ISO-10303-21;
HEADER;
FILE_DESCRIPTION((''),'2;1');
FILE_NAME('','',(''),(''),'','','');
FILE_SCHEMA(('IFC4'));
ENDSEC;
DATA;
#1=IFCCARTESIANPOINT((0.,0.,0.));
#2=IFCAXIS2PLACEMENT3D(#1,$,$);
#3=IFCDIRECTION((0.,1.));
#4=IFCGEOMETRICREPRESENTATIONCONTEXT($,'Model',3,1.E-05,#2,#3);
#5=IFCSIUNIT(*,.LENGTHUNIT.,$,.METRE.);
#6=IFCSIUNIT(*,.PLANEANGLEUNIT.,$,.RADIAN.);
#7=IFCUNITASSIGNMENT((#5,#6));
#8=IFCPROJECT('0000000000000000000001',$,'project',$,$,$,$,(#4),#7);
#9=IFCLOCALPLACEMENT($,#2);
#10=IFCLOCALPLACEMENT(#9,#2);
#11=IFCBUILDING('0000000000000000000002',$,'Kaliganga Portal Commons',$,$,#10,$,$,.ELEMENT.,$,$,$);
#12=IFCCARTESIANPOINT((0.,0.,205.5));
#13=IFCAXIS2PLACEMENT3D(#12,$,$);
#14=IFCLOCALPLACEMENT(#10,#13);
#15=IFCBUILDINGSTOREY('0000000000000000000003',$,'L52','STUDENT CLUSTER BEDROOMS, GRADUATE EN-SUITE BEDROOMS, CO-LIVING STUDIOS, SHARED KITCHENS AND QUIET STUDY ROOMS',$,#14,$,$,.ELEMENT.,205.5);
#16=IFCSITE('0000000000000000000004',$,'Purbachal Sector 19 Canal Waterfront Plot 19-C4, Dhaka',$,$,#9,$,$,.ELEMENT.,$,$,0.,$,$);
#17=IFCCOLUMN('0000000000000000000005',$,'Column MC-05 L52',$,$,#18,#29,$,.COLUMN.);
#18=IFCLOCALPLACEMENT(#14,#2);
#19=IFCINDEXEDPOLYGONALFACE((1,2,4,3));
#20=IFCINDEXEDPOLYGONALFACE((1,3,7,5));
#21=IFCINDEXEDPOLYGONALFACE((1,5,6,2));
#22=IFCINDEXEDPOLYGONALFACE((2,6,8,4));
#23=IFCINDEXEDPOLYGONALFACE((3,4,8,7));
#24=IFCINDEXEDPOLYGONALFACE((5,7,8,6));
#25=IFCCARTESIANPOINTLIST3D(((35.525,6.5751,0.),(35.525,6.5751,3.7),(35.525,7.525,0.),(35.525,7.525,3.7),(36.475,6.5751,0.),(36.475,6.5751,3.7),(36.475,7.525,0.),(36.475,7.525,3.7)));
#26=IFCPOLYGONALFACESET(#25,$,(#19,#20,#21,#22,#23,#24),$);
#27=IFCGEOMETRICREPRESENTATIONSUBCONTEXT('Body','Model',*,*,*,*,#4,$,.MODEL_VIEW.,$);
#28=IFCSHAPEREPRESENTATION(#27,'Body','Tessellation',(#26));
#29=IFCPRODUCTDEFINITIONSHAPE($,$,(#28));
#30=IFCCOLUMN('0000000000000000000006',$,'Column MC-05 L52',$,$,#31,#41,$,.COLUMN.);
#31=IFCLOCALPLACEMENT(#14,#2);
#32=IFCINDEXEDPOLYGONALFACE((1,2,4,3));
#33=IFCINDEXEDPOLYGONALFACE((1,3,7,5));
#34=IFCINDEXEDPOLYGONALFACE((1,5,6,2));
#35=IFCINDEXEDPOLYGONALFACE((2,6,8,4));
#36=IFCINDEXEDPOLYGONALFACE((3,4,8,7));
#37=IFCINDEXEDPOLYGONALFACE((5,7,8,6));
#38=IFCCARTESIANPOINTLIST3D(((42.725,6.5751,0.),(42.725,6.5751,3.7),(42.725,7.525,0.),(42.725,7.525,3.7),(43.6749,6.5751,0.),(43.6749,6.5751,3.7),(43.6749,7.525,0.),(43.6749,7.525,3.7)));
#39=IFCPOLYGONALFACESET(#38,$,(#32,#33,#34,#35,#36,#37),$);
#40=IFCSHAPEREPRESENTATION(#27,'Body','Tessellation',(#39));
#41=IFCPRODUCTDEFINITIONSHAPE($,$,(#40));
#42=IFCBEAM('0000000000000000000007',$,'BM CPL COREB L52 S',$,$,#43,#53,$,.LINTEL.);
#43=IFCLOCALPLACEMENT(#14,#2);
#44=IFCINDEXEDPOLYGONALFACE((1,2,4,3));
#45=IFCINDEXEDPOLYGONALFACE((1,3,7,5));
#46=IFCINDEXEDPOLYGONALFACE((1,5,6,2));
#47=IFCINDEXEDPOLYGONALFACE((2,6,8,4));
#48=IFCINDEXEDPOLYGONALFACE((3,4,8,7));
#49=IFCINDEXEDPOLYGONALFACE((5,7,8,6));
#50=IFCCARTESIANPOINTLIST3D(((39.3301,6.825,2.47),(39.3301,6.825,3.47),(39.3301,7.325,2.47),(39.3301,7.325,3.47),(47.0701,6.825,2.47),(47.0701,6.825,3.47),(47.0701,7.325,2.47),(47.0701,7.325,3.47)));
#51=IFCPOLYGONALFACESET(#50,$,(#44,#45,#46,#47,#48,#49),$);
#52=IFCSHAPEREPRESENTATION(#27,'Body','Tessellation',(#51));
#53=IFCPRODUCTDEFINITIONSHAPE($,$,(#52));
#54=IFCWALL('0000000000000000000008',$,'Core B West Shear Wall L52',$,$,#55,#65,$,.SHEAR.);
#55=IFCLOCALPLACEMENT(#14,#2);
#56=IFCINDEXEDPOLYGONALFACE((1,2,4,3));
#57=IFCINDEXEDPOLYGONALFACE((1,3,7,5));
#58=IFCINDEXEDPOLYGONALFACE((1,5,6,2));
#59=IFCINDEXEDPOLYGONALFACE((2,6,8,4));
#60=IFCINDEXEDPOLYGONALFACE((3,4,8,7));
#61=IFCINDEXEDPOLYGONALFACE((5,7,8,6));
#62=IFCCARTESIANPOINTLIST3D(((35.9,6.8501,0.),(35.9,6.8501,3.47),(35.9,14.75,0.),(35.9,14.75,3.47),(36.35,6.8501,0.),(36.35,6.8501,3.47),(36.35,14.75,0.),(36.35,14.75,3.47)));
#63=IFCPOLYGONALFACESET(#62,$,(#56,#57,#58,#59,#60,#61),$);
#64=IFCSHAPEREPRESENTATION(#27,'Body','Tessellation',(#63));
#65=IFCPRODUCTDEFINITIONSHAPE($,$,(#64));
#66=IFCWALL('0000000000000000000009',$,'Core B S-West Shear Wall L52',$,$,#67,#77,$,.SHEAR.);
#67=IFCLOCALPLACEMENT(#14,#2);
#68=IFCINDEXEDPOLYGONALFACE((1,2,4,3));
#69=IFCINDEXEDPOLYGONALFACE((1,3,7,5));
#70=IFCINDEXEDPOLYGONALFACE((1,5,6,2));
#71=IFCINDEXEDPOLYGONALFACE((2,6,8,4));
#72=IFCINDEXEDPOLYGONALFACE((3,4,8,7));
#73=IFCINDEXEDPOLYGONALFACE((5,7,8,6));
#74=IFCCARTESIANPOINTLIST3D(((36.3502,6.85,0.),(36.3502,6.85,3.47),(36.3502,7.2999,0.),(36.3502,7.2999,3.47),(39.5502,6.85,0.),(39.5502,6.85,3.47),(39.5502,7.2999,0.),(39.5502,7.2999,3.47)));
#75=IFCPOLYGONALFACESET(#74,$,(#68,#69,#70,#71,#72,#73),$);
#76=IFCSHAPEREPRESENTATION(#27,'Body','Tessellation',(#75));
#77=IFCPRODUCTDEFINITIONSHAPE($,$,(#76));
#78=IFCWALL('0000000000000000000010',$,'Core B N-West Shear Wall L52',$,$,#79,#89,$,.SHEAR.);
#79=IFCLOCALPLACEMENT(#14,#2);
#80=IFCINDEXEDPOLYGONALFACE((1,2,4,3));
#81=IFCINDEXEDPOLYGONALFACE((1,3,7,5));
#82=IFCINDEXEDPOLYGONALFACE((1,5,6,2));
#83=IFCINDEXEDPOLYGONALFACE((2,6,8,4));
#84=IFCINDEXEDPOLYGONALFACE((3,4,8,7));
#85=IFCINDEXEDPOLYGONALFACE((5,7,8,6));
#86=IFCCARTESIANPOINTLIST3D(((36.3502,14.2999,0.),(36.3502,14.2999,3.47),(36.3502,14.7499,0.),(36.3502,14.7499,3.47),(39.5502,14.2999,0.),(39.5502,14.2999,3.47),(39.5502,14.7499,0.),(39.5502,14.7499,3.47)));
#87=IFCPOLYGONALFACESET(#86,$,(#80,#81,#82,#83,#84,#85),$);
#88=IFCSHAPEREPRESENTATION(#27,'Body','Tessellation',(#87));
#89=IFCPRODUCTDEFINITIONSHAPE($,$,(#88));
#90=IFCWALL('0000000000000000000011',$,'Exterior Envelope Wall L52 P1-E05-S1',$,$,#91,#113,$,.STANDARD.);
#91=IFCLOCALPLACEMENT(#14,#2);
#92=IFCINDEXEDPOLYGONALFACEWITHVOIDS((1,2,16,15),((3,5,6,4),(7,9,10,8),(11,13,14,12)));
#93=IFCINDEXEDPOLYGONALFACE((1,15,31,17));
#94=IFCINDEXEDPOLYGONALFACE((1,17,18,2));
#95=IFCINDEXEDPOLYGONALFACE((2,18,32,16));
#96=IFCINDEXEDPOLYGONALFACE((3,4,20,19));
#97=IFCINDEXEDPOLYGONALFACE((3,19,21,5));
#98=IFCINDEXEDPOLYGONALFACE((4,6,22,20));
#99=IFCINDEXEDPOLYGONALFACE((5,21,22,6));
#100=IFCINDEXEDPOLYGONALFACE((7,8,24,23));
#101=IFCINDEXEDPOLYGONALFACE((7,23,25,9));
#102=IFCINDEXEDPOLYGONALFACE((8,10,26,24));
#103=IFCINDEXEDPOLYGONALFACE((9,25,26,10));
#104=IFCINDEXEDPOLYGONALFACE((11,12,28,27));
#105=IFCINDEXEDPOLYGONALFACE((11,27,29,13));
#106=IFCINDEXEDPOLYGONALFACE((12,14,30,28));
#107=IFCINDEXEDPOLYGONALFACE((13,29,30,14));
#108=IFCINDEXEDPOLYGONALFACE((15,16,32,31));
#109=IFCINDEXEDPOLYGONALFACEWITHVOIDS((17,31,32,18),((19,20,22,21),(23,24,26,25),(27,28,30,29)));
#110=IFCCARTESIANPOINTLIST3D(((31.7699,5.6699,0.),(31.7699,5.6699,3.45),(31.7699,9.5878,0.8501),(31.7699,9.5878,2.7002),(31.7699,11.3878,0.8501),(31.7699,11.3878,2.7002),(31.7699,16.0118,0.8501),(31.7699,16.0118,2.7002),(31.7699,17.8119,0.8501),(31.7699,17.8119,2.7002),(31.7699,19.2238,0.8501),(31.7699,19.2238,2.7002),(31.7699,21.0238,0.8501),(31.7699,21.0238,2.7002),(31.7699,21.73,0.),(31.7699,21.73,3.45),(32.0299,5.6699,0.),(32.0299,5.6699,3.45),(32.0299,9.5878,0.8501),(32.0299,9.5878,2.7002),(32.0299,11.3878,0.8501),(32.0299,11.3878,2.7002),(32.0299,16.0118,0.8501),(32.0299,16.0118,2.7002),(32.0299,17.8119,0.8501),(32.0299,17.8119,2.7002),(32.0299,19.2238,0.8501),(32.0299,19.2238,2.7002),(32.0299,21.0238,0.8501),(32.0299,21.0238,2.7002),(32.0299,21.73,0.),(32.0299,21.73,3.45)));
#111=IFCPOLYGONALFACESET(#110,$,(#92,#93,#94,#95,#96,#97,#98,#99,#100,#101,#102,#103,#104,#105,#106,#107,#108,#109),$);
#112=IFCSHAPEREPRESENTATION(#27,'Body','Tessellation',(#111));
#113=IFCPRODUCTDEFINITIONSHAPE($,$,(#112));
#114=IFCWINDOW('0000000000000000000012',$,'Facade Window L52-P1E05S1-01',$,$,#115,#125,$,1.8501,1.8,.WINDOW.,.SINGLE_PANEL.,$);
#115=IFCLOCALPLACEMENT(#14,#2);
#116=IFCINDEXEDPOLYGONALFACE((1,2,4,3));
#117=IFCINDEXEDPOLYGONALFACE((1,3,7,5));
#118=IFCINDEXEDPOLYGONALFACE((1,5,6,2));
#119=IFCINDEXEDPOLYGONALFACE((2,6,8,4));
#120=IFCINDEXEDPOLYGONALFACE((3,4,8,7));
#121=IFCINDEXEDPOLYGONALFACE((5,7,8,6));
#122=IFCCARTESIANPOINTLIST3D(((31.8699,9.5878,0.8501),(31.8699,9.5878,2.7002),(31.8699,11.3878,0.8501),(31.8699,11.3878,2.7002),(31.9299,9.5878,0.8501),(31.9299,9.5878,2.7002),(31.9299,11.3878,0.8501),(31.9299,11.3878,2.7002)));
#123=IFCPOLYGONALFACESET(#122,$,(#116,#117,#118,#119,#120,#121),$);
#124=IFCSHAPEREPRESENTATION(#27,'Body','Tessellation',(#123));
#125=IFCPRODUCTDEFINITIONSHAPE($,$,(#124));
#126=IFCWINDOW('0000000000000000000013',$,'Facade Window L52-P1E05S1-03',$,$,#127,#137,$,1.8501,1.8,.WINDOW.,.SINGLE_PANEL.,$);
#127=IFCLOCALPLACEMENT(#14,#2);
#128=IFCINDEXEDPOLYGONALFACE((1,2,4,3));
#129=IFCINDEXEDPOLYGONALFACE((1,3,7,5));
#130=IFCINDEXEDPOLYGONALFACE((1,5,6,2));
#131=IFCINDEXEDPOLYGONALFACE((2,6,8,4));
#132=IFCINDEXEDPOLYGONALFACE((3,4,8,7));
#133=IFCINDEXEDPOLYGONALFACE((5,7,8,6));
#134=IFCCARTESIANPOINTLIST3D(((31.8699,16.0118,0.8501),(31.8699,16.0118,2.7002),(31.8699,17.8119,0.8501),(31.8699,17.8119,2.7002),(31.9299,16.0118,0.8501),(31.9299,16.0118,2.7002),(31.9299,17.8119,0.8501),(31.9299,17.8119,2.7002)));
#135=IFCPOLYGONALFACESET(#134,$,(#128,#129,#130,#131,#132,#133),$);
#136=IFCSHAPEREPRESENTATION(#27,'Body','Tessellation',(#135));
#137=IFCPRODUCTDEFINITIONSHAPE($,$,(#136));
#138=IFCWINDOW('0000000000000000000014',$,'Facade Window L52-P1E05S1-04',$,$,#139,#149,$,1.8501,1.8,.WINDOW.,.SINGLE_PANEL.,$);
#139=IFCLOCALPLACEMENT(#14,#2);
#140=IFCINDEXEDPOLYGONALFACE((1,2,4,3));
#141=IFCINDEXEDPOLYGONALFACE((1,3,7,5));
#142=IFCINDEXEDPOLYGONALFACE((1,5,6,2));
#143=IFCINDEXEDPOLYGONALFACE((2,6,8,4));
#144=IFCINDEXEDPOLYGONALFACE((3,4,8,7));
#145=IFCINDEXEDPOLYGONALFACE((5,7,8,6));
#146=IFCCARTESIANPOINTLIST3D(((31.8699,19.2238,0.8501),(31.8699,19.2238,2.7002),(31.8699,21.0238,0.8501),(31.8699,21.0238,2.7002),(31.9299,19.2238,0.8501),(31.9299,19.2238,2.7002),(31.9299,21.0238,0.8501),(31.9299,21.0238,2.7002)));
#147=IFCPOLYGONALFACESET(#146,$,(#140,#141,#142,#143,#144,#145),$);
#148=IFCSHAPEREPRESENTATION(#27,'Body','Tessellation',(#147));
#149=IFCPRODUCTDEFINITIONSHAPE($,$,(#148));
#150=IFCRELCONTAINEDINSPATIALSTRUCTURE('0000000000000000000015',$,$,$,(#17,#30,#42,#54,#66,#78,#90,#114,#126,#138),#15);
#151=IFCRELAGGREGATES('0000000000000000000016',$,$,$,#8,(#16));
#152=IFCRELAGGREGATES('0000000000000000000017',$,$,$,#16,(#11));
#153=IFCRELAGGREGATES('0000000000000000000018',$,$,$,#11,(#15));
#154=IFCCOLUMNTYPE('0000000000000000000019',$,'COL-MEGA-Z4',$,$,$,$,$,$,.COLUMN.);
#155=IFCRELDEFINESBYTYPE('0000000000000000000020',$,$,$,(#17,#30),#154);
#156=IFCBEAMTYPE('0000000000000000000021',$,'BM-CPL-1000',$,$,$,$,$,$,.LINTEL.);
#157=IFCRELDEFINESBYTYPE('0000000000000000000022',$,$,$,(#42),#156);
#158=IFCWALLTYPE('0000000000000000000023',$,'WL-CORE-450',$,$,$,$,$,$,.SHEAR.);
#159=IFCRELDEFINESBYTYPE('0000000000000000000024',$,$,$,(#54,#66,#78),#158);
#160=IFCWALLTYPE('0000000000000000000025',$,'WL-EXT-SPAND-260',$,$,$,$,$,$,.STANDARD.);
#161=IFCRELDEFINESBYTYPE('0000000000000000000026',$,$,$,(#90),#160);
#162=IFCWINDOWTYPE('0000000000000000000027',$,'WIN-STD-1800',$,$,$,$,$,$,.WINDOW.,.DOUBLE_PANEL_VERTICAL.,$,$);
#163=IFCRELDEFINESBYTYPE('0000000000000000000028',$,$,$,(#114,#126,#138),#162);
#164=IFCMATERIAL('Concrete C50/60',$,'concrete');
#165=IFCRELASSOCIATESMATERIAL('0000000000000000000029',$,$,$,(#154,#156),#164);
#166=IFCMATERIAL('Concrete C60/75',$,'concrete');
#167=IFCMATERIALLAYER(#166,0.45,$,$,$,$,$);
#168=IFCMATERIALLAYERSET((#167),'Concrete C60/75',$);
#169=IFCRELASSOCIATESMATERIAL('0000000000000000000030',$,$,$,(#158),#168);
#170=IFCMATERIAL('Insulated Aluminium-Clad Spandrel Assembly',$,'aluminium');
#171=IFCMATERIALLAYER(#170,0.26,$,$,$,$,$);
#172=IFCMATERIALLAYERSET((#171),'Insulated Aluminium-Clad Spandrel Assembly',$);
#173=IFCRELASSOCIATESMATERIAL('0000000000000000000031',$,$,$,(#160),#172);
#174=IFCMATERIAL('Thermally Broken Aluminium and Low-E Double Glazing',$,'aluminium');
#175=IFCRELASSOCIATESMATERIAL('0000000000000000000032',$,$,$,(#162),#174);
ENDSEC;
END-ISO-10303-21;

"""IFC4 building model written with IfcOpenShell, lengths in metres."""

from ifc_helpers import new_model, si_unit, direction, frame, frame_2d, origin, origin_2d, place, context, subcontext, project, spatial, rectangle, extrude, source, transform, mapped, material, layer, layer_set, material_profile, profile_set, type_object, element, fill, save


model = new_model("IFC4")

# Units and contexts
model_context = context("Model", 3, precision=1e-05, world=origin(), true_north=direction((0.0, 1.0)))
body_context = subcontext(model_context, "Body", "Model", "MODEL_VIEW")
ifc_project = project(units=[si_unit("LENGTHUNIT", "METRE"), si_unit("PLANEANGLEUNIT", "RADIAN")], contexts=[model_context])

# Site, building, storey
site_placement = place(None, origin())
site = spatial("IfcSite", under=ifc_project, at=site_placement, Name="Purbachal Sector 19 Canal Waterfront Plot 19-C4, Dhaka", CompositionType="ELEMENT", RefElevation=0.0)
building_placement = place(site_placement, origin())
building = spatial("IfcBuilding", under=site, at=building_placement, Name="Kaliganga Portal Commons", CompositionType="ELEMENT")
storey_placement = place(building_placement, frame((0.0, 0.0, 205.5)))
storey = spatial("IfcBuildingStorey", under=building, at=storey_placement, Name="L52", Description="STUDENT CLUSTER BEDROOMS, GRADUATE EN-SUITE BEDROOMS, CO-LIVING STUDIOS, SHARED KITCHENS AND QUIET STUDY ROOMS", CompositionType="ELEMENT", Elevation=205.5)

# Columns
ifc_material_1 = material(Name="Concrete C50/60", Category="concrete")
ifc_material_profile_1 = material_profile(ifc_material_1, rectangle(XDim=0.95, YDim=0.95, at=origin_2d()), Name="RC 950x950")
ifc_profile_set_1 = profile_set([ifc_material_profile_1], Name="Concrete C50/60")
column_type = type_object("IfcColumnType", Name="COL-MEGA-Z4", PredefinedType="COLUMN", material=ifc_profile_set_1)
shared_shape_1 = source(origin(), body_context, "Body", "SweptSolid", [
    extrude(rectangle(XDim=0.95, YDim=0.95, at=origin_2d()), origin(), (0.0, 0.0, 1.0), 3.7),
])
for number, where, z_axis, x_axis, name in (
    (1, (36.0, 7.05, 0.0), (0.0, 0.0, 1.0), (1.0, 0.0, 0.0), "Column MC-05 L52"),
    (2, (43.2, 7.05, 0.0), (0.0, 0.0, 1.0), (1.0, 0.0, 0.0), "Column MC-05 L52"),
):
    element("IfcColumn", number, at=place(storey_placement, frame(where, z_axis=z_axis, x_axis=x_axis)), inside=storey, type_object=column_type, Name=name, PredefinedType="COLUMN", context=body_context, shape_type="MappedRepresentation", body=[
        mapped(shared_shape_1, transform((0.0, 0.0, 0.0), x_axis=(1.0, 0.0, 0.0), y_axis=(0.0, 1.0, 0.0), z_axis=(0.0, 0.0, 1.0), scale=1.0)),
    ])

# Beam
ifc_material_profile_2 = material_profile(ifc_material_1, rectangle(XDim=0.5, YDim=1.0, at=origin_2d()), Name="RC 500x1000")
ifc_profile_set_2 = profile_set([ifc_material_profile_2], Name="Concrete C50/60")
beam_type = type_object("IfcBeamType", Name="BM-CPL-1000", PredefinedType="LINTEL", material=ifc_profile_set_2)
shared_shape_2 = source(origin(), body_context, "Body", "SweptSolid", [
    extrude(rectangle(XDim=0.5, YDim=1.0, at=origin_2d()), origin(), (0.0, 0.0, 1.0), 7.74),
])
beam_placement = place(storey_placement, frame((39.3301, 7.075, 2.97), z_axis=(1.0, 0.0, 0.0), x_axis=(0.0, 1.0, 0.0)))
element("IfcBeam", 3, at=beam_placement, inside=storey, type_object=beam_type, Name="BM CPL COREB L52 S", PredefinedType="LINTEL", context=body_context, shape_type="MappedRepresentation", body=[
    mapped(shared_shape_2, transform((0.0, 0.0, 0.0), x_axis=(1.0, 0.0, 0.0), y_axis=(0.0, 1.0, 0.0), z_axis=(0.0, 0.0, 1.0), scale=1.0)),
])

# Walls
ifc_material_2 = material(Name="Concrete C60/75", Category="concrete")
ifc_layer_1 = layer(ifc_material_2, 0.45)
ifc_layer_set_1 = layer_set([ifc_layer_1], Name="Concrete C60/75")
wall_type_1 = type_object("IfcWallType", Name="WL-CORE-450", PredefinedType="SHEAR", material=ifc_layer_set_1)
wall_1_placement = place(storey_placement, frame((36.125, 6.8501, 0.0), z_axis=(0.0, 0.0, 1.0), x_axis=(0.0, 1.0, 0.0)))
element("IfcWall", 4, at=wall_1_placement, inside=storey, type_object=wall_type_1, Name="Core B West Shear Wall L52", PredefinedType="SHEAR", context=body_context, shape_type="SweptSolid", body=[
    extrude(rectangle(XDim=7.8999, YDim=0.45, at=frame_2d((3.95, 0.0))), origin(), (0.0, 0.0, 1.0), 3.47),
])
for number, where, z_axis, x_axis, name in (
    (5, (36.3501, 7.075, 0.0), (0.0, 0.0, 1.0), (1.0, 0.0, 0.0), "Core B S-West Shear Wall L52"),
    (6, (36.3501, 14.5249, 0.0), (0.0, 0.0, 1.0), (1.0, 0.0, 0.0), "Core B N-West Shear Wall L52"),
):
    element("IfcWall", number, at=place(storey_placement, frame(where, z_axis=z_axis, x_axis=x_axis)), inside=storey, type_object=wall_type_1, Name=name, PredefinedType="SHEAR", context=body_context, shape_type="SweptSolid", body=[
        extrude(rectangle(XDim=3.2, YDim=0.45, at=frame_2d((1.6001, 0.0))), origin(), (0.0, 0.0, 1.0), 3.47),
    ])

# Wall, openings, windows
ifc_material_3 = material(Name="Insulated Aluminium-Clad Spandrel Assembly", Category="aluminium")
ifc_layer_2 = layer(ifc_material_3, 0.26)
ifc_layer_set_2 = layer_set([ifc_layer_2], Name="Insulated Aluminium-Clad Spandrel Assembly")
wall_type_2 = type_object("IfcWallType", Name="WL-EXT-SPAND-260", PredefinedType="STANDARD", material=ifc_layer_set_2)
wall_2_placement = place(storey_placement, frame((31.8999, 5.6699, 0.0), z_axis=(0.0, 0.0, 1.0), x_axis=(0.0, 1.0, 0.0)))
wall_2 = element("IfcWall", 7, at=wall_2_placement, inside=storey, type_object=wall_type_2, Name="Exterior Envelope Wall L52 P1-E05-S1", PredefinedType="STANDARD", context=body_context, shape_type="SweptSolid", body=[
    extrude(rectangle(XDim=16.0601, YDim=0.26, at=frame_2d((8.03, 0.0))), origin(), (0.0, 0.0, 1.0), 3.45),
])
opening_1_placement = place(wall_2_placement, frame((3.918, 0.0, 0.8501)))
opening_1 = element("IfcOpeningElement", 8, at=opening_1_placement, cuts=wall_2, PredefinedType="OPENING", context=body_context, shape_type="SweptSolid", body=[
    extrude(rectangle(XDim=1.8, YDim=1.8501, at=frame_2d((0.8999, 0.925))), frame((0.0, 0.1401, 0.0), z_axis=(0.0, -1.0, 0.0), x_axis=(1.0, 0.0, 0.0)), (0.0, 0.0, 1.0), 0.28),
])
opening_2_placement = place(wall_2_placement, frame((10.342, 0.0, 0.8501)))
opening_2 = element("IfcOpeningElement", 9, at=opening_2_placement, cuts=wall_2, PredefinedType="OPENING", context=body_context, shape_type="SweptSolid", body=[
    extrude(rectangle(XDim=1.8, YDim=1.8501, at=frame_2d((0.8999, 0.925))), frame((0.0, 0.1401, 0.0), z_axis=(0.0, -1.0, 0.0), x_axis=(1.0, 0.0, 0.0)), (0.0, 0.0, 1.0), 0.28),
])
opening_3_placement = place(wall_2_placement, frame((13.554, 0.0, 0.8501)))
opening_3 = element("IfcOpeningElement", 10, at=opening_3_placement, cuts=wall_2, PredefinedType="OPENING", context=body_context, shape_type="SweptSolid", body=[
    extrude(rectangle(XDim=1.8, YDim=1.8501, at=frame_2d((0.8999, 0.925))), frame((0.0, 0.1401, 0.0), z_axis=(0.0, -1.0, 0.0), x_axis=(1.0, 0.0, 0.0)), (0.0, 0.0, 1.0), 0.28),
])
ifc_material_4 = material(Name="Thermally Broken Aluminium and Low-E Double Glazing", Category="aluminium")
window_type = type_object("IfcWindowType", Name="WIN-STD-1800", PartitioningType="DOUBLE_PANEL_VERTICAL", PredefinedType="WINDOW", material=ifc_material_4)
window_1_placement = place(opening_1_placement, origin())
window_1 = element("IfcWindow", 11, at=window_1_placement, inside=storey, type_object=window_type, Name="Facade Window L52-P1E05S1-01", OverallHeight=1.8501, OverallWidth=1.8, PartitioningType="SINGLE_PANEL", PredefinedType="WINDOW", context=body_context, shape_type="SweptSolid", body=[
    extrude(rectangle(XDim=1.8, YDim=1.8501, at=frame_2d((0.8999, 0.925))), frame((0.0, 0.03, 0.0), z_axis=(0.0, -1.0, 0.0), x_axis=(1.0, 0.0, 0.0)), (0.0, 0.0, 1.0), 0.0601),
])
fill(opening_1, window_1)
window_2_placement = place(opening_2_placement, origin())
window_2 = element("IfcWindow", 12, at=window_2_placement, inside=storey, type_object=window_type, Name="Facade Window L52-P1E05S1-03", OverallHeight=1.8501, OverallWidth=1.8, PartitioningType="SINGLE_PANEL", PredefinedType="WINDOW", context=body_context, shape_type="SweptSolid", body=[
    extrude(rectangle(XDim=1.8, YDim=1.8501, at=frame_2d((0.8999, 0.925))), frame((0.0, 0.03, 0.0), z_axis=(0.0, -1.0, 0.0), x_axis=(1.0, 0.0, 0.0)), (0.0, 0.0, 1.0), 0.0601),
])
fill(opening_2, window_2)
window_3_placement = place(opening_3_placement, origin())
window_3 = element("IfcWindow", 13, at=window_3_placement, inside=storey, type_object=window_type, Name="Facade Window L52-P1E05S1-04", OverallHeight=1.8501, OverallWidth=1.8, PartitioningType="SINGLE_PANEL", PredefinedType="WINDOW", context=body_context, shape_type="SweptSolid", body=[
    extrude(rectangle(XDim=1.8, YDim=1.8501, at=frame_2d((0.8999, 0.925))), frame((0.0, 0.03, 0.0), z_axis=(0.0, -1.0, 0.0), x_axis=(1.0, 0.0, 0.0)), (0.0, 0.0, 1.0), 0.0601),
])
fill(opening_3, window_3)

save(model, "model.ifc")
